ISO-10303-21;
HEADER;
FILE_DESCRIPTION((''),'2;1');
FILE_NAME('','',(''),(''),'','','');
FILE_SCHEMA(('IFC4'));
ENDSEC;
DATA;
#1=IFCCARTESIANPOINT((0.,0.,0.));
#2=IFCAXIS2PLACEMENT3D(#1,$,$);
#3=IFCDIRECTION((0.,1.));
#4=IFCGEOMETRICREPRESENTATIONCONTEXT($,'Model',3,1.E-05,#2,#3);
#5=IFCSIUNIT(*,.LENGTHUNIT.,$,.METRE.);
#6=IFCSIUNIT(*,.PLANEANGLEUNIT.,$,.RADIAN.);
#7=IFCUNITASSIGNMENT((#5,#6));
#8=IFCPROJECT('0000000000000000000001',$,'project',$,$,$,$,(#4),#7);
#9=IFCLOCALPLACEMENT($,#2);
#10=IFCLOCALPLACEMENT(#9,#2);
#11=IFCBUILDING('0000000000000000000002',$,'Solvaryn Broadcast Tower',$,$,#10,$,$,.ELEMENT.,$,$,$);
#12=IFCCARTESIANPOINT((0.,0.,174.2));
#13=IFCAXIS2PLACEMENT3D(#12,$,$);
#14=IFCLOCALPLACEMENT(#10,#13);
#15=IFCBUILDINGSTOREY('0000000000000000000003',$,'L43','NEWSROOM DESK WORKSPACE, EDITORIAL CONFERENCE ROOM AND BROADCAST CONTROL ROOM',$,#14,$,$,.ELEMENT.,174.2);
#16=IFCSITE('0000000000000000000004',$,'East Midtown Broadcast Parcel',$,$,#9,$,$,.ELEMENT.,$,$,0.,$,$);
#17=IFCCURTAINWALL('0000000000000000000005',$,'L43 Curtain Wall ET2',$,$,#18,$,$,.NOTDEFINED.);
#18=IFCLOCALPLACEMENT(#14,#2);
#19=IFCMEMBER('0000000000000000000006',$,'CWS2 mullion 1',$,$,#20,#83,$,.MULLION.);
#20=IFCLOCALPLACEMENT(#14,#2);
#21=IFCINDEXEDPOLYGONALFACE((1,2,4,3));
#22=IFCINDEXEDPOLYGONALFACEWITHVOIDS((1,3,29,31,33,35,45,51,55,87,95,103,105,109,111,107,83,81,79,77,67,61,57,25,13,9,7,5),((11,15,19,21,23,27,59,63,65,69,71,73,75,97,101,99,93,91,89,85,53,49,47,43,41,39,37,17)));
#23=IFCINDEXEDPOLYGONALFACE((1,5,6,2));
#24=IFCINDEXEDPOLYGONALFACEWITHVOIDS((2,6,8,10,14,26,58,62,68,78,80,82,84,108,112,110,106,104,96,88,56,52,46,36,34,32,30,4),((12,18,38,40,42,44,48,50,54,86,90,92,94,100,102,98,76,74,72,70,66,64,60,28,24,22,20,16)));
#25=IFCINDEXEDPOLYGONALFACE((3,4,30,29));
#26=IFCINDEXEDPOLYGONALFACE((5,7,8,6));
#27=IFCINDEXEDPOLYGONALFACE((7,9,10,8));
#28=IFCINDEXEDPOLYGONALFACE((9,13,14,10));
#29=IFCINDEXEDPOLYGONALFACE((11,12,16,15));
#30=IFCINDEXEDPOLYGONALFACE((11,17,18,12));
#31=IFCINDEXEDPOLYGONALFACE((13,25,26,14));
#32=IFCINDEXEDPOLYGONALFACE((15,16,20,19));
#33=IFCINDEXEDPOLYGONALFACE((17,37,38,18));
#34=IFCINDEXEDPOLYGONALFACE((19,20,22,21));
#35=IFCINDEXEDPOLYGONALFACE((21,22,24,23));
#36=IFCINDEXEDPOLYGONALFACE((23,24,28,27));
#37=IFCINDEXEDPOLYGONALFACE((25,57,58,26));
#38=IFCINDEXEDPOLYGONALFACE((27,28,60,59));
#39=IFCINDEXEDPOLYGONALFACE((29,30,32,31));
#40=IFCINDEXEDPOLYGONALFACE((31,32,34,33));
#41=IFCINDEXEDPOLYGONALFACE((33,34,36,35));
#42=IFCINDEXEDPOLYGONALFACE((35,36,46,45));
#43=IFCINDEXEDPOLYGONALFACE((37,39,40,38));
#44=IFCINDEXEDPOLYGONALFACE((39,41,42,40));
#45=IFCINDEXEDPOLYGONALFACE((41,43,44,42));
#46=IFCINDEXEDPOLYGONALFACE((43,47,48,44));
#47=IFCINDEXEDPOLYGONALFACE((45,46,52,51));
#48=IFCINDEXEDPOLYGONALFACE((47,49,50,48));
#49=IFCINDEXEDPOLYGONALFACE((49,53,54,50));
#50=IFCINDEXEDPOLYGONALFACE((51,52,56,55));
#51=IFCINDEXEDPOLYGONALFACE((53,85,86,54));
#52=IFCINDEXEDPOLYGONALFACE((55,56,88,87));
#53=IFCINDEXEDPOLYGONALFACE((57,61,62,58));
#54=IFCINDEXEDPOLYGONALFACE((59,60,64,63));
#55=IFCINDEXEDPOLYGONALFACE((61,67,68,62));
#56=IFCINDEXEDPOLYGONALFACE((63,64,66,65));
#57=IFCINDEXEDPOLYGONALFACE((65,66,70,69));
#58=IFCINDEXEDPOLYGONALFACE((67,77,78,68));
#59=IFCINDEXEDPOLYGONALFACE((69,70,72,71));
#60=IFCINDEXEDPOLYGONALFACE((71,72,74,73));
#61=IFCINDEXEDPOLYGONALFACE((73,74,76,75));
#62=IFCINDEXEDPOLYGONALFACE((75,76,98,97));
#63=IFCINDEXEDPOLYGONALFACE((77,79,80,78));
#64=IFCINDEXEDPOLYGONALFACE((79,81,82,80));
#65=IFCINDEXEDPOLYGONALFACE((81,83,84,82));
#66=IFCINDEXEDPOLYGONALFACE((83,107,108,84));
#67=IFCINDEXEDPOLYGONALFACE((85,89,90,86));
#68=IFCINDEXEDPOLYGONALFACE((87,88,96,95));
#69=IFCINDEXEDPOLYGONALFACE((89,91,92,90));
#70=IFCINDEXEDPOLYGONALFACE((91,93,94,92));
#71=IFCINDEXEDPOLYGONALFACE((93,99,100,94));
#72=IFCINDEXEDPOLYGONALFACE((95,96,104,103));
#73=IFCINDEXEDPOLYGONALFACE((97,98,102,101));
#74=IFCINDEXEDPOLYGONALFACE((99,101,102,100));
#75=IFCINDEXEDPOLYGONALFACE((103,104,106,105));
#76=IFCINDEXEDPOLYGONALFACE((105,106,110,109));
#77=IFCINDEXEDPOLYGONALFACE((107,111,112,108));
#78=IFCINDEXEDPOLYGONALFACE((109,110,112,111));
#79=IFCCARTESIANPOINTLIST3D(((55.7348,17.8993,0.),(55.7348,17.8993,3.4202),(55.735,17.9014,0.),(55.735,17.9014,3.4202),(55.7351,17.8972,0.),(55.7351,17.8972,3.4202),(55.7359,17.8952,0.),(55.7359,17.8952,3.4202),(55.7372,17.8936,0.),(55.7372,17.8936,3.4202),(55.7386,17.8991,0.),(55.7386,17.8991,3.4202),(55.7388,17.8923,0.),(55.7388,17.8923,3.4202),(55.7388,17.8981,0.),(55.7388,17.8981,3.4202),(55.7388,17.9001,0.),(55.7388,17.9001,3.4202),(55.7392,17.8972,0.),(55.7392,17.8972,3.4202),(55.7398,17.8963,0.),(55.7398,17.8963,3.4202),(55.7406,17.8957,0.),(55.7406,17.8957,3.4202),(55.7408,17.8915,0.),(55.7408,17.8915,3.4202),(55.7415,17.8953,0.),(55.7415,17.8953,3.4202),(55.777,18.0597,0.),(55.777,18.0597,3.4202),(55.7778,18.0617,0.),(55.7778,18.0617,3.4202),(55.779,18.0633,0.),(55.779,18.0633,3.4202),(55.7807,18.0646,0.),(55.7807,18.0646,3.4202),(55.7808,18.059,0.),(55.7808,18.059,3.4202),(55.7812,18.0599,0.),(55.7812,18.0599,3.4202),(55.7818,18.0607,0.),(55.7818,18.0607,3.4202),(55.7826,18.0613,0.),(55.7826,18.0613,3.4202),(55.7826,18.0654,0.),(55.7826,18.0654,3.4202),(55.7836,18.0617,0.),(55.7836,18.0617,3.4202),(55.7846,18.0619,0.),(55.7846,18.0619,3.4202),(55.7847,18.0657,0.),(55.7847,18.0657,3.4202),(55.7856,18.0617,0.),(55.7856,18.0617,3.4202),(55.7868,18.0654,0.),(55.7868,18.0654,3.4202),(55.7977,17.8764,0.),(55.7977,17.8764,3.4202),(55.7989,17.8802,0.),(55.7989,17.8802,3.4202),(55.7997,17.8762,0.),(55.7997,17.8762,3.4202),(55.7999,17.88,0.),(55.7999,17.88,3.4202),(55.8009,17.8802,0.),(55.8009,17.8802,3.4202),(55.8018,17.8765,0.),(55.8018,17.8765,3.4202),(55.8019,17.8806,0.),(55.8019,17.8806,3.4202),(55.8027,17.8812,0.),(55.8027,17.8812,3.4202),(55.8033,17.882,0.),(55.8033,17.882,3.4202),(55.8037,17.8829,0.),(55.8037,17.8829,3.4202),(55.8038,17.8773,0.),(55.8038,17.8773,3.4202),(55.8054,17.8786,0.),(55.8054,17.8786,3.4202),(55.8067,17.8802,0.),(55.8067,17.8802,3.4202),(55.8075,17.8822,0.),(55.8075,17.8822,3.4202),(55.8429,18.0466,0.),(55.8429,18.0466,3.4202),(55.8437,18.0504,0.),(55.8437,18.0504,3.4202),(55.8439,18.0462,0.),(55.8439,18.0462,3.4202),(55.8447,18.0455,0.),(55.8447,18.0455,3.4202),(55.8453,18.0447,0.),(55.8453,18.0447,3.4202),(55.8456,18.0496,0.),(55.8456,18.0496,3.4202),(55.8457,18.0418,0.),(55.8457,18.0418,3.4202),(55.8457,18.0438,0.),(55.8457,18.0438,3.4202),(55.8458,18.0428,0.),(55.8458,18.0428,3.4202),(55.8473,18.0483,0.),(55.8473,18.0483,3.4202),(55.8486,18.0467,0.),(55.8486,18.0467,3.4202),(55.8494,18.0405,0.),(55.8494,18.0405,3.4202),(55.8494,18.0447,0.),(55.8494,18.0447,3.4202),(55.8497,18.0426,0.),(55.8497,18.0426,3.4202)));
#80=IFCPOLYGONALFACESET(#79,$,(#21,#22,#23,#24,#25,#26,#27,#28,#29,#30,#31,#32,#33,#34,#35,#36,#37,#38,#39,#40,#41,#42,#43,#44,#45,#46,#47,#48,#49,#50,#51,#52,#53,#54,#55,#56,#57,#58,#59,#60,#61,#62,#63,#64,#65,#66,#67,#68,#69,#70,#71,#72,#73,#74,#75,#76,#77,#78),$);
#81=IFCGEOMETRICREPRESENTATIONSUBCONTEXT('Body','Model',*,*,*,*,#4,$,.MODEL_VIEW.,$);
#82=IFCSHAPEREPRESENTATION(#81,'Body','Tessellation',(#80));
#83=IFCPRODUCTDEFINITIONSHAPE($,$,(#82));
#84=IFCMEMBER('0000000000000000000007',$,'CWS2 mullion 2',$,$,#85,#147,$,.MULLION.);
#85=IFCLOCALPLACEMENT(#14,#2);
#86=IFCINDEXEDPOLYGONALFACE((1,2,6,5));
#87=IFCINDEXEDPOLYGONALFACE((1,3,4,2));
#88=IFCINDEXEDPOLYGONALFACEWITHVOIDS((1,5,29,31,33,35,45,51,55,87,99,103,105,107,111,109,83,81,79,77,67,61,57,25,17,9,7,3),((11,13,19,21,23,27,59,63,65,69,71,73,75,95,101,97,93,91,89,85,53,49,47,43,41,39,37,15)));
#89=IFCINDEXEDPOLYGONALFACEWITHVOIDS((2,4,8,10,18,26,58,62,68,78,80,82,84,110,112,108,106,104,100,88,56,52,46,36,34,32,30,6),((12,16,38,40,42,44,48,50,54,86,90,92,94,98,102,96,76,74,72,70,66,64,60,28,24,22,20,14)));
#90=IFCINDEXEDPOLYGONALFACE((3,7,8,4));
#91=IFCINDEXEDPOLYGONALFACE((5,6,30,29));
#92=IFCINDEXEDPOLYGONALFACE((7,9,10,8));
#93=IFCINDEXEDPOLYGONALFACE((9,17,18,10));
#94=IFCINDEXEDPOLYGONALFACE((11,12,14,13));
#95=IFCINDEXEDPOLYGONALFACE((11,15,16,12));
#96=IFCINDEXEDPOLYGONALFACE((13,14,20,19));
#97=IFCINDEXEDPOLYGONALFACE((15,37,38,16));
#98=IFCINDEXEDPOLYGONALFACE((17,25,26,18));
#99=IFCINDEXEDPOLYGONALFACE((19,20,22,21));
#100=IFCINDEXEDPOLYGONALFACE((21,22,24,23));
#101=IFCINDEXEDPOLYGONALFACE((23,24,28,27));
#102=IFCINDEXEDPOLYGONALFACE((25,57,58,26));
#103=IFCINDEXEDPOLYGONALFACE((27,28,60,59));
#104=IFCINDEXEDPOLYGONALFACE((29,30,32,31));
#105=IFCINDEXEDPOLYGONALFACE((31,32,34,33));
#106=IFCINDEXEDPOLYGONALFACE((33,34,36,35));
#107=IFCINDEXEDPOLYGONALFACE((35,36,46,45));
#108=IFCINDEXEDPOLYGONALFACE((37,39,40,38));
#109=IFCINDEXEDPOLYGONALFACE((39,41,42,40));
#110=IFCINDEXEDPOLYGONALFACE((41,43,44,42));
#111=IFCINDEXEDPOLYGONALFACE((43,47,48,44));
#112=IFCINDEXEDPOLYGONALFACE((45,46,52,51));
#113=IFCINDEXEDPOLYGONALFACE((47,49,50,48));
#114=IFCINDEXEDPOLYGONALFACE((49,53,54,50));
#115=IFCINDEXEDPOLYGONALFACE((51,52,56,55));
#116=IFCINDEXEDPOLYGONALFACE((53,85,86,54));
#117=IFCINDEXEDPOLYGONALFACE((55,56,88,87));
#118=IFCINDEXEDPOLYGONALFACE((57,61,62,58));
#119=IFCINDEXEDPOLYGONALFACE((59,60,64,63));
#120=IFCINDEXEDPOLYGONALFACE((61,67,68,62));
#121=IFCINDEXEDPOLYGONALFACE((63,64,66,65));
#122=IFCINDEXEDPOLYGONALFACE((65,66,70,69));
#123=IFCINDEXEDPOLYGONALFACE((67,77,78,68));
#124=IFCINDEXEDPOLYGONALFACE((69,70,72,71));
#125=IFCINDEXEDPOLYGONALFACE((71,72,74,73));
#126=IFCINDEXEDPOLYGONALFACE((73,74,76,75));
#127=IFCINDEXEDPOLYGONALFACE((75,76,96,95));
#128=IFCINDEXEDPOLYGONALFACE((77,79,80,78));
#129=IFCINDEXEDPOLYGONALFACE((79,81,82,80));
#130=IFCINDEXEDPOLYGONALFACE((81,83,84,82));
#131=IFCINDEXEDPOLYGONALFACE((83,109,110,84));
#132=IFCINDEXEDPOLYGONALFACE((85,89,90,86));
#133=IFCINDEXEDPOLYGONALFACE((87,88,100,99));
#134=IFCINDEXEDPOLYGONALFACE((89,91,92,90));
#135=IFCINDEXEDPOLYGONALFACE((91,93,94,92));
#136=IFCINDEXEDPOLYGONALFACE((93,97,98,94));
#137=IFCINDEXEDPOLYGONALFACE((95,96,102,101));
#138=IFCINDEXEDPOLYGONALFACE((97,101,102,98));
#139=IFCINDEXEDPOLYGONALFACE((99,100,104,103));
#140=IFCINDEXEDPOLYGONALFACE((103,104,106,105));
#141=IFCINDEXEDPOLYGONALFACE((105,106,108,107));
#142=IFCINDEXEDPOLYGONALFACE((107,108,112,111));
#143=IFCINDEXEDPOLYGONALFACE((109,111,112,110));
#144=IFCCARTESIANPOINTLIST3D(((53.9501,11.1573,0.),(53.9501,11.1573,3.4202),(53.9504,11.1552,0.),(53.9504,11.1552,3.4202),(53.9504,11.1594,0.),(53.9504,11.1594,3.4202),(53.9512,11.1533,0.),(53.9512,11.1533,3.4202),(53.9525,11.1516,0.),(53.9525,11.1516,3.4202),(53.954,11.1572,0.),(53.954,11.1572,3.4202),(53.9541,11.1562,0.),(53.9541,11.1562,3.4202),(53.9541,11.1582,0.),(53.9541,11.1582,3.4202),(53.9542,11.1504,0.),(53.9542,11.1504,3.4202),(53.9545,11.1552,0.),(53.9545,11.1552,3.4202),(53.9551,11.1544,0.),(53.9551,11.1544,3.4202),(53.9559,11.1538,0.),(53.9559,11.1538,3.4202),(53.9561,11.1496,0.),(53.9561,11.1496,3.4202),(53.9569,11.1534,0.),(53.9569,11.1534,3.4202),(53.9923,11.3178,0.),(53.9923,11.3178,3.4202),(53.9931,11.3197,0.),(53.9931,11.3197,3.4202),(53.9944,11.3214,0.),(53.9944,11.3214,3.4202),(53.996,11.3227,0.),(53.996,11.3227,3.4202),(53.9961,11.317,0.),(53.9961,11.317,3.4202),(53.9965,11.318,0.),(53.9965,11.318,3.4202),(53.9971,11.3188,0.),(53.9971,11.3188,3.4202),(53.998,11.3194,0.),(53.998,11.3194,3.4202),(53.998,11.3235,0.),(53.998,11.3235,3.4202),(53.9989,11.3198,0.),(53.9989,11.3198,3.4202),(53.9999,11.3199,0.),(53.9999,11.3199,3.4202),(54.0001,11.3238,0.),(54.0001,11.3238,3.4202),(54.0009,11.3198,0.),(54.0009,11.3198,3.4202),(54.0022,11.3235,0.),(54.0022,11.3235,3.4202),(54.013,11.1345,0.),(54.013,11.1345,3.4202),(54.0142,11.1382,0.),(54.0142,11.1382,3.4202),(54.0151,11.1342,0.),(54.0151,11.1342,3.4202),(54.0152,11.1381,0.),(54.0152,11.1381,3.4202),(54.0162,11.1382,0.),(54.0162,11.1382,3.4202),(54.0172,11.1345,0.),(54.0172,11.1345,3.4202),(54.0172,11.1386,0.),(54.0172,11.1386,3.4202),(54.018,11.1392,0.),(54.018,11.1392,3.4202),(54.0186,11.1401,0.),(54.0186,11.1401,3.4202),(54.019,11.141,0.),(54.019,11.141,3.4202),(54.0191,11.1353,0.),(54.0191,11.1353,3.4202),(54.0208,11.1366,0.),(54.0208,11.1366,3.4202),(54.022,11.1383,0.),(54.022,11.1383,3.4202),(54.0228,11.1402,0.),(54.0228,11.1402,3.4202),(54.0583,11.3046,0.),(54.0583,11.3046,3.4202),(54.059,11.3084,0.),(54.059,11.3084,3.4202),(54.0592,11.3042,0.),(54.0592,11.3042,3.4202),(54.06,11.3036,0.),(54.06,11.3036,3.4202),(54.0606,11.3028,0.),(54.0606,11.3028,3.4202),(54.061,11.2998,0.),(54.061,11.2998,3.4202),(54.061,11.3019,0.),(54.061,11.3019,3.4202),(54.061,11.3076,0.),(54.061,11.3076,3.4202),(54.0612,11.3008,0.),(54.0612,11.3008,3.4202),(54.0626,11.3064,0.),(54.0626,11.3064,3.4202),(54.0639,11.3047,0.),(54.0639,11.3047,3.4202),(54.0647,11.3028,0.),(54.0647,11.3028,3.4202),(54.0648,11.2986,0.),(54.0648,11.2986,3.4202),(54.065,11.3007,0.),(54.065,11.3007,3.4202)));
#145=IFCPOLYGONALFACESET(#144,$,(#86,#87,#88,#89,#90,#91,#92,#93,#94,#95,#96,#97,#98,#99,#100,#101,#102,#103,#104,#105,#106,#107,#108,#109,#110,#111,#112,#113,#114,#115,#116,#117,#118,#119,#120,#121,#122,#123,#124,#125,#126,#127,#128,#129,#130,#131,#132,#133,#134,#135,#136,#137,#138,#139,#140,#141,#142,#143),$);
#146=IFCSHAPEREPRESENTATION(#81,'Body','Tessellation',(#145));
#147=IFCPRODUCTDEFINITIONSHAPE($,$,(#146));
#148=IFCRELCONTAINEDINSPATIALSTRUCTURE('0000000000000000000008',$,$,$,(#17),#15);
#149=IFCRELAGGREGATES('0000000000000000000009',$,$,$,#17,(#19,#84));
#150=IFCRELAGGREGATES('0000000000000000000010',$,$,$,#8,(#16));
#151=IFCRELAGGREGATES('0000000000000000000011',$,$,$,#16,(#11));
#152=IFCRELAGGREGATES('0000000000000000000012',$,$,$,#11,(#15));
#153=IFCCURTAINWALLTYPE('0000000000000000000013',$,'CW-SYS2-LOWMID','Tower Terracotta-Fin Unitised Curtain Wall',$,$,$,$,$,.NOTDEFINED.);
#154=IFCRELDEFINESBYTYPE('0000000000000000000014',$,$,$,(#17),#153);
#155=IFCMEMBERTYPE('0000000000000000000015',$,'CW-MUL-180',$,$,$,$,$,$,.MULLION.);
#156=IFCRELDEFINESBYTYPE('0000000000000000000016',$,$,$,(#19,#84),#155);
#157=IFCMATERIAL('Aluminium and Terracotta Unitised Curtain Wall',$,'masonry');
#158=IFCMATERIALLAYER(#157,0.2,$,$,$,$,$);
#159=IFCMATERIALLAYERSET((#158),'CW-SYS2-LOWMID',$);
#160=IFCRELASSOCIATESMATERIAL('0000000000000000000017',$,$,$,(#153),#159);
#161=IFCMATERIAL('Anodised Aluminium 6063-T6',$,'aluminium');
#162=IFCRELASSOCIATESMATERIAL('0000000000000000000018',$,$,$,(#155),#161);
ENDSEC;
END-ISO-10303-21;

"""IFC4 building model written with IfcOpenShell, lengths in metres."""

from ifc_helpers import new_model, si_unit, direction, frame, origin, origin_2d, place, context, subcontext, project, spatial, hollow_rectangle, extrude, material, layer, layer_set, material_profile, profile_set, type_object, element, aggregate, save


model = new_model("IFC4")

# Units and contexts
model_context = context("Model", 3, precision=1e-05, world=origin(), true_north=direction((0.0, 1.0)))
body_context = subcontext(model_context, "Body", "Model", "MODEL_VIEW")
ifc_project = project(units=[si_unit("LENGTHUNIT", "METRE"), si_unit("PLANEANGLEUNIT", "RADIAN")], contexts=[model_context])

# Site, building, storey
site_placement = place(None, origin())
site = spatial("IfcSite", under=ifc_project, at=site_placement, Name="East Midtown Broadcast Parcel", CompositionType="ELEMENT", RefElevation=0.0)
building_placement = place(site_placement, origin())
building = spatial("IfcBuilding", under=site, at=building_placement, Name="Solvaryn Broadcast Tower", CompositionType="ELEMENT")
storey_placement = place(building_placement, frame((0.0, 0.0, 174.2)))
storey = spatial("IfcBuildingStorey", under=building, at=storey_placement, Name="L43", Description="NEWSROOM DESK WORKSPACE, EDITORIAL CONFERENCE ROOM AND BROADCAST CONTROL ROOM", CompositionType="ELEMENT", Elevation=174.2)

# Shared definitions
ifc_material_1 = material(Name="Aluminium and Terracotta Unitised Curtain Wall", Category="masonry")
ifc_layer_1 = layer(ifc_material_1, 0.2)
ifc_layer_set_1 = layer_set([ifc_layer_1], Name="CW-SYS2-LOWMID")
curtain_wall_type = type_object("IfcCurtainWallType", Name="CW-SYS2-LOWMID", Description="Tower Terracotta-Fin Unitised Curtain Wall", PredefinedType="NOTDEFINED", material=ifc_layer_set_1)
ifc_material_2 = material(Name="Anodised Aluminium 6063-T6", Category="aluminium")
ifc_material_profile_1 = material_profile(ifc_material_2, hollow_rectangle(XDim=0.075, YDim=0.1799, WallThickness=0.0039, InnerFilletRadius=0.0039, OuterFilletRadius=0.0081, at=origin_2d()))
ifc_profile_set_1 = profile_set([ifc_material_profile_1], Name="Anodised Aluminium 6063-T6")
member_type_1 = type_object("IfcMemberType", Name="CW-MUL-180", PredefinedType="MULLION", material=ifc_profile_set_1)

# Curtain wall, members
curtain_wall_1_placement = place(storey_placement, origin())
curtain_wall_1 = element("IfcCurtainWall", 1, at=curtain_wall_1_placement, inside=storey, type_object=curtain_wall_type, Name="L43 Curtain Wall ET2", PredefinedType="NOTDEFINED")
member_1_placement = place(storey_placement, frame((55.7922, 17.9709, 0.0), z_axis=(0.0, 0.0, 1.0), x_axis=(0.966705, -0.255893, 0.0)))
member_1 = element("IfcMember", 2, at=member_1_placement, type_object=member_type_1, Name="CWS2 mullion 1", PredefinedType="MULLION", context=body_context, shape_type="SweptSolid", body=[
    extrude(hollow_rectangle(XDim=0.075, YDim=0.1799, WallThickness=0.0039, InnerFilletRadius=0.0039, OuterFilletRadius=0.0081, at=origin_2d()), origin(), (0.0, 0.0, 1.0), 3.4202),
])
member_2_placement = place(storey_placement, frame((54.0076, 11.229, 0.0), z_axis=(0.0, 0.0, 1.0), x_axis=(0.966705, -0.255893, 0.0)))
member_2 = element("IfcMember", 3, at=member_2_placement, type_object=member_type_1, Name="CWS2 mullion 2", PredefinedType="MULLION", context=body_context, shape_type="SweptSolid", body=[
    extrude(hollow_rectangle(XDim=0.075, YDim=0.1799, WallThickness=0.0039, InnerFilletRadius=0.0039, OuterFilletRadius=0.0081, at=origin_2d()), origin(), (0.0, 0.0, 1.0), 3.4202),
])

aggregate(curtain_wall_1, [member_1, member_2])

save(model, "model.ifc")
